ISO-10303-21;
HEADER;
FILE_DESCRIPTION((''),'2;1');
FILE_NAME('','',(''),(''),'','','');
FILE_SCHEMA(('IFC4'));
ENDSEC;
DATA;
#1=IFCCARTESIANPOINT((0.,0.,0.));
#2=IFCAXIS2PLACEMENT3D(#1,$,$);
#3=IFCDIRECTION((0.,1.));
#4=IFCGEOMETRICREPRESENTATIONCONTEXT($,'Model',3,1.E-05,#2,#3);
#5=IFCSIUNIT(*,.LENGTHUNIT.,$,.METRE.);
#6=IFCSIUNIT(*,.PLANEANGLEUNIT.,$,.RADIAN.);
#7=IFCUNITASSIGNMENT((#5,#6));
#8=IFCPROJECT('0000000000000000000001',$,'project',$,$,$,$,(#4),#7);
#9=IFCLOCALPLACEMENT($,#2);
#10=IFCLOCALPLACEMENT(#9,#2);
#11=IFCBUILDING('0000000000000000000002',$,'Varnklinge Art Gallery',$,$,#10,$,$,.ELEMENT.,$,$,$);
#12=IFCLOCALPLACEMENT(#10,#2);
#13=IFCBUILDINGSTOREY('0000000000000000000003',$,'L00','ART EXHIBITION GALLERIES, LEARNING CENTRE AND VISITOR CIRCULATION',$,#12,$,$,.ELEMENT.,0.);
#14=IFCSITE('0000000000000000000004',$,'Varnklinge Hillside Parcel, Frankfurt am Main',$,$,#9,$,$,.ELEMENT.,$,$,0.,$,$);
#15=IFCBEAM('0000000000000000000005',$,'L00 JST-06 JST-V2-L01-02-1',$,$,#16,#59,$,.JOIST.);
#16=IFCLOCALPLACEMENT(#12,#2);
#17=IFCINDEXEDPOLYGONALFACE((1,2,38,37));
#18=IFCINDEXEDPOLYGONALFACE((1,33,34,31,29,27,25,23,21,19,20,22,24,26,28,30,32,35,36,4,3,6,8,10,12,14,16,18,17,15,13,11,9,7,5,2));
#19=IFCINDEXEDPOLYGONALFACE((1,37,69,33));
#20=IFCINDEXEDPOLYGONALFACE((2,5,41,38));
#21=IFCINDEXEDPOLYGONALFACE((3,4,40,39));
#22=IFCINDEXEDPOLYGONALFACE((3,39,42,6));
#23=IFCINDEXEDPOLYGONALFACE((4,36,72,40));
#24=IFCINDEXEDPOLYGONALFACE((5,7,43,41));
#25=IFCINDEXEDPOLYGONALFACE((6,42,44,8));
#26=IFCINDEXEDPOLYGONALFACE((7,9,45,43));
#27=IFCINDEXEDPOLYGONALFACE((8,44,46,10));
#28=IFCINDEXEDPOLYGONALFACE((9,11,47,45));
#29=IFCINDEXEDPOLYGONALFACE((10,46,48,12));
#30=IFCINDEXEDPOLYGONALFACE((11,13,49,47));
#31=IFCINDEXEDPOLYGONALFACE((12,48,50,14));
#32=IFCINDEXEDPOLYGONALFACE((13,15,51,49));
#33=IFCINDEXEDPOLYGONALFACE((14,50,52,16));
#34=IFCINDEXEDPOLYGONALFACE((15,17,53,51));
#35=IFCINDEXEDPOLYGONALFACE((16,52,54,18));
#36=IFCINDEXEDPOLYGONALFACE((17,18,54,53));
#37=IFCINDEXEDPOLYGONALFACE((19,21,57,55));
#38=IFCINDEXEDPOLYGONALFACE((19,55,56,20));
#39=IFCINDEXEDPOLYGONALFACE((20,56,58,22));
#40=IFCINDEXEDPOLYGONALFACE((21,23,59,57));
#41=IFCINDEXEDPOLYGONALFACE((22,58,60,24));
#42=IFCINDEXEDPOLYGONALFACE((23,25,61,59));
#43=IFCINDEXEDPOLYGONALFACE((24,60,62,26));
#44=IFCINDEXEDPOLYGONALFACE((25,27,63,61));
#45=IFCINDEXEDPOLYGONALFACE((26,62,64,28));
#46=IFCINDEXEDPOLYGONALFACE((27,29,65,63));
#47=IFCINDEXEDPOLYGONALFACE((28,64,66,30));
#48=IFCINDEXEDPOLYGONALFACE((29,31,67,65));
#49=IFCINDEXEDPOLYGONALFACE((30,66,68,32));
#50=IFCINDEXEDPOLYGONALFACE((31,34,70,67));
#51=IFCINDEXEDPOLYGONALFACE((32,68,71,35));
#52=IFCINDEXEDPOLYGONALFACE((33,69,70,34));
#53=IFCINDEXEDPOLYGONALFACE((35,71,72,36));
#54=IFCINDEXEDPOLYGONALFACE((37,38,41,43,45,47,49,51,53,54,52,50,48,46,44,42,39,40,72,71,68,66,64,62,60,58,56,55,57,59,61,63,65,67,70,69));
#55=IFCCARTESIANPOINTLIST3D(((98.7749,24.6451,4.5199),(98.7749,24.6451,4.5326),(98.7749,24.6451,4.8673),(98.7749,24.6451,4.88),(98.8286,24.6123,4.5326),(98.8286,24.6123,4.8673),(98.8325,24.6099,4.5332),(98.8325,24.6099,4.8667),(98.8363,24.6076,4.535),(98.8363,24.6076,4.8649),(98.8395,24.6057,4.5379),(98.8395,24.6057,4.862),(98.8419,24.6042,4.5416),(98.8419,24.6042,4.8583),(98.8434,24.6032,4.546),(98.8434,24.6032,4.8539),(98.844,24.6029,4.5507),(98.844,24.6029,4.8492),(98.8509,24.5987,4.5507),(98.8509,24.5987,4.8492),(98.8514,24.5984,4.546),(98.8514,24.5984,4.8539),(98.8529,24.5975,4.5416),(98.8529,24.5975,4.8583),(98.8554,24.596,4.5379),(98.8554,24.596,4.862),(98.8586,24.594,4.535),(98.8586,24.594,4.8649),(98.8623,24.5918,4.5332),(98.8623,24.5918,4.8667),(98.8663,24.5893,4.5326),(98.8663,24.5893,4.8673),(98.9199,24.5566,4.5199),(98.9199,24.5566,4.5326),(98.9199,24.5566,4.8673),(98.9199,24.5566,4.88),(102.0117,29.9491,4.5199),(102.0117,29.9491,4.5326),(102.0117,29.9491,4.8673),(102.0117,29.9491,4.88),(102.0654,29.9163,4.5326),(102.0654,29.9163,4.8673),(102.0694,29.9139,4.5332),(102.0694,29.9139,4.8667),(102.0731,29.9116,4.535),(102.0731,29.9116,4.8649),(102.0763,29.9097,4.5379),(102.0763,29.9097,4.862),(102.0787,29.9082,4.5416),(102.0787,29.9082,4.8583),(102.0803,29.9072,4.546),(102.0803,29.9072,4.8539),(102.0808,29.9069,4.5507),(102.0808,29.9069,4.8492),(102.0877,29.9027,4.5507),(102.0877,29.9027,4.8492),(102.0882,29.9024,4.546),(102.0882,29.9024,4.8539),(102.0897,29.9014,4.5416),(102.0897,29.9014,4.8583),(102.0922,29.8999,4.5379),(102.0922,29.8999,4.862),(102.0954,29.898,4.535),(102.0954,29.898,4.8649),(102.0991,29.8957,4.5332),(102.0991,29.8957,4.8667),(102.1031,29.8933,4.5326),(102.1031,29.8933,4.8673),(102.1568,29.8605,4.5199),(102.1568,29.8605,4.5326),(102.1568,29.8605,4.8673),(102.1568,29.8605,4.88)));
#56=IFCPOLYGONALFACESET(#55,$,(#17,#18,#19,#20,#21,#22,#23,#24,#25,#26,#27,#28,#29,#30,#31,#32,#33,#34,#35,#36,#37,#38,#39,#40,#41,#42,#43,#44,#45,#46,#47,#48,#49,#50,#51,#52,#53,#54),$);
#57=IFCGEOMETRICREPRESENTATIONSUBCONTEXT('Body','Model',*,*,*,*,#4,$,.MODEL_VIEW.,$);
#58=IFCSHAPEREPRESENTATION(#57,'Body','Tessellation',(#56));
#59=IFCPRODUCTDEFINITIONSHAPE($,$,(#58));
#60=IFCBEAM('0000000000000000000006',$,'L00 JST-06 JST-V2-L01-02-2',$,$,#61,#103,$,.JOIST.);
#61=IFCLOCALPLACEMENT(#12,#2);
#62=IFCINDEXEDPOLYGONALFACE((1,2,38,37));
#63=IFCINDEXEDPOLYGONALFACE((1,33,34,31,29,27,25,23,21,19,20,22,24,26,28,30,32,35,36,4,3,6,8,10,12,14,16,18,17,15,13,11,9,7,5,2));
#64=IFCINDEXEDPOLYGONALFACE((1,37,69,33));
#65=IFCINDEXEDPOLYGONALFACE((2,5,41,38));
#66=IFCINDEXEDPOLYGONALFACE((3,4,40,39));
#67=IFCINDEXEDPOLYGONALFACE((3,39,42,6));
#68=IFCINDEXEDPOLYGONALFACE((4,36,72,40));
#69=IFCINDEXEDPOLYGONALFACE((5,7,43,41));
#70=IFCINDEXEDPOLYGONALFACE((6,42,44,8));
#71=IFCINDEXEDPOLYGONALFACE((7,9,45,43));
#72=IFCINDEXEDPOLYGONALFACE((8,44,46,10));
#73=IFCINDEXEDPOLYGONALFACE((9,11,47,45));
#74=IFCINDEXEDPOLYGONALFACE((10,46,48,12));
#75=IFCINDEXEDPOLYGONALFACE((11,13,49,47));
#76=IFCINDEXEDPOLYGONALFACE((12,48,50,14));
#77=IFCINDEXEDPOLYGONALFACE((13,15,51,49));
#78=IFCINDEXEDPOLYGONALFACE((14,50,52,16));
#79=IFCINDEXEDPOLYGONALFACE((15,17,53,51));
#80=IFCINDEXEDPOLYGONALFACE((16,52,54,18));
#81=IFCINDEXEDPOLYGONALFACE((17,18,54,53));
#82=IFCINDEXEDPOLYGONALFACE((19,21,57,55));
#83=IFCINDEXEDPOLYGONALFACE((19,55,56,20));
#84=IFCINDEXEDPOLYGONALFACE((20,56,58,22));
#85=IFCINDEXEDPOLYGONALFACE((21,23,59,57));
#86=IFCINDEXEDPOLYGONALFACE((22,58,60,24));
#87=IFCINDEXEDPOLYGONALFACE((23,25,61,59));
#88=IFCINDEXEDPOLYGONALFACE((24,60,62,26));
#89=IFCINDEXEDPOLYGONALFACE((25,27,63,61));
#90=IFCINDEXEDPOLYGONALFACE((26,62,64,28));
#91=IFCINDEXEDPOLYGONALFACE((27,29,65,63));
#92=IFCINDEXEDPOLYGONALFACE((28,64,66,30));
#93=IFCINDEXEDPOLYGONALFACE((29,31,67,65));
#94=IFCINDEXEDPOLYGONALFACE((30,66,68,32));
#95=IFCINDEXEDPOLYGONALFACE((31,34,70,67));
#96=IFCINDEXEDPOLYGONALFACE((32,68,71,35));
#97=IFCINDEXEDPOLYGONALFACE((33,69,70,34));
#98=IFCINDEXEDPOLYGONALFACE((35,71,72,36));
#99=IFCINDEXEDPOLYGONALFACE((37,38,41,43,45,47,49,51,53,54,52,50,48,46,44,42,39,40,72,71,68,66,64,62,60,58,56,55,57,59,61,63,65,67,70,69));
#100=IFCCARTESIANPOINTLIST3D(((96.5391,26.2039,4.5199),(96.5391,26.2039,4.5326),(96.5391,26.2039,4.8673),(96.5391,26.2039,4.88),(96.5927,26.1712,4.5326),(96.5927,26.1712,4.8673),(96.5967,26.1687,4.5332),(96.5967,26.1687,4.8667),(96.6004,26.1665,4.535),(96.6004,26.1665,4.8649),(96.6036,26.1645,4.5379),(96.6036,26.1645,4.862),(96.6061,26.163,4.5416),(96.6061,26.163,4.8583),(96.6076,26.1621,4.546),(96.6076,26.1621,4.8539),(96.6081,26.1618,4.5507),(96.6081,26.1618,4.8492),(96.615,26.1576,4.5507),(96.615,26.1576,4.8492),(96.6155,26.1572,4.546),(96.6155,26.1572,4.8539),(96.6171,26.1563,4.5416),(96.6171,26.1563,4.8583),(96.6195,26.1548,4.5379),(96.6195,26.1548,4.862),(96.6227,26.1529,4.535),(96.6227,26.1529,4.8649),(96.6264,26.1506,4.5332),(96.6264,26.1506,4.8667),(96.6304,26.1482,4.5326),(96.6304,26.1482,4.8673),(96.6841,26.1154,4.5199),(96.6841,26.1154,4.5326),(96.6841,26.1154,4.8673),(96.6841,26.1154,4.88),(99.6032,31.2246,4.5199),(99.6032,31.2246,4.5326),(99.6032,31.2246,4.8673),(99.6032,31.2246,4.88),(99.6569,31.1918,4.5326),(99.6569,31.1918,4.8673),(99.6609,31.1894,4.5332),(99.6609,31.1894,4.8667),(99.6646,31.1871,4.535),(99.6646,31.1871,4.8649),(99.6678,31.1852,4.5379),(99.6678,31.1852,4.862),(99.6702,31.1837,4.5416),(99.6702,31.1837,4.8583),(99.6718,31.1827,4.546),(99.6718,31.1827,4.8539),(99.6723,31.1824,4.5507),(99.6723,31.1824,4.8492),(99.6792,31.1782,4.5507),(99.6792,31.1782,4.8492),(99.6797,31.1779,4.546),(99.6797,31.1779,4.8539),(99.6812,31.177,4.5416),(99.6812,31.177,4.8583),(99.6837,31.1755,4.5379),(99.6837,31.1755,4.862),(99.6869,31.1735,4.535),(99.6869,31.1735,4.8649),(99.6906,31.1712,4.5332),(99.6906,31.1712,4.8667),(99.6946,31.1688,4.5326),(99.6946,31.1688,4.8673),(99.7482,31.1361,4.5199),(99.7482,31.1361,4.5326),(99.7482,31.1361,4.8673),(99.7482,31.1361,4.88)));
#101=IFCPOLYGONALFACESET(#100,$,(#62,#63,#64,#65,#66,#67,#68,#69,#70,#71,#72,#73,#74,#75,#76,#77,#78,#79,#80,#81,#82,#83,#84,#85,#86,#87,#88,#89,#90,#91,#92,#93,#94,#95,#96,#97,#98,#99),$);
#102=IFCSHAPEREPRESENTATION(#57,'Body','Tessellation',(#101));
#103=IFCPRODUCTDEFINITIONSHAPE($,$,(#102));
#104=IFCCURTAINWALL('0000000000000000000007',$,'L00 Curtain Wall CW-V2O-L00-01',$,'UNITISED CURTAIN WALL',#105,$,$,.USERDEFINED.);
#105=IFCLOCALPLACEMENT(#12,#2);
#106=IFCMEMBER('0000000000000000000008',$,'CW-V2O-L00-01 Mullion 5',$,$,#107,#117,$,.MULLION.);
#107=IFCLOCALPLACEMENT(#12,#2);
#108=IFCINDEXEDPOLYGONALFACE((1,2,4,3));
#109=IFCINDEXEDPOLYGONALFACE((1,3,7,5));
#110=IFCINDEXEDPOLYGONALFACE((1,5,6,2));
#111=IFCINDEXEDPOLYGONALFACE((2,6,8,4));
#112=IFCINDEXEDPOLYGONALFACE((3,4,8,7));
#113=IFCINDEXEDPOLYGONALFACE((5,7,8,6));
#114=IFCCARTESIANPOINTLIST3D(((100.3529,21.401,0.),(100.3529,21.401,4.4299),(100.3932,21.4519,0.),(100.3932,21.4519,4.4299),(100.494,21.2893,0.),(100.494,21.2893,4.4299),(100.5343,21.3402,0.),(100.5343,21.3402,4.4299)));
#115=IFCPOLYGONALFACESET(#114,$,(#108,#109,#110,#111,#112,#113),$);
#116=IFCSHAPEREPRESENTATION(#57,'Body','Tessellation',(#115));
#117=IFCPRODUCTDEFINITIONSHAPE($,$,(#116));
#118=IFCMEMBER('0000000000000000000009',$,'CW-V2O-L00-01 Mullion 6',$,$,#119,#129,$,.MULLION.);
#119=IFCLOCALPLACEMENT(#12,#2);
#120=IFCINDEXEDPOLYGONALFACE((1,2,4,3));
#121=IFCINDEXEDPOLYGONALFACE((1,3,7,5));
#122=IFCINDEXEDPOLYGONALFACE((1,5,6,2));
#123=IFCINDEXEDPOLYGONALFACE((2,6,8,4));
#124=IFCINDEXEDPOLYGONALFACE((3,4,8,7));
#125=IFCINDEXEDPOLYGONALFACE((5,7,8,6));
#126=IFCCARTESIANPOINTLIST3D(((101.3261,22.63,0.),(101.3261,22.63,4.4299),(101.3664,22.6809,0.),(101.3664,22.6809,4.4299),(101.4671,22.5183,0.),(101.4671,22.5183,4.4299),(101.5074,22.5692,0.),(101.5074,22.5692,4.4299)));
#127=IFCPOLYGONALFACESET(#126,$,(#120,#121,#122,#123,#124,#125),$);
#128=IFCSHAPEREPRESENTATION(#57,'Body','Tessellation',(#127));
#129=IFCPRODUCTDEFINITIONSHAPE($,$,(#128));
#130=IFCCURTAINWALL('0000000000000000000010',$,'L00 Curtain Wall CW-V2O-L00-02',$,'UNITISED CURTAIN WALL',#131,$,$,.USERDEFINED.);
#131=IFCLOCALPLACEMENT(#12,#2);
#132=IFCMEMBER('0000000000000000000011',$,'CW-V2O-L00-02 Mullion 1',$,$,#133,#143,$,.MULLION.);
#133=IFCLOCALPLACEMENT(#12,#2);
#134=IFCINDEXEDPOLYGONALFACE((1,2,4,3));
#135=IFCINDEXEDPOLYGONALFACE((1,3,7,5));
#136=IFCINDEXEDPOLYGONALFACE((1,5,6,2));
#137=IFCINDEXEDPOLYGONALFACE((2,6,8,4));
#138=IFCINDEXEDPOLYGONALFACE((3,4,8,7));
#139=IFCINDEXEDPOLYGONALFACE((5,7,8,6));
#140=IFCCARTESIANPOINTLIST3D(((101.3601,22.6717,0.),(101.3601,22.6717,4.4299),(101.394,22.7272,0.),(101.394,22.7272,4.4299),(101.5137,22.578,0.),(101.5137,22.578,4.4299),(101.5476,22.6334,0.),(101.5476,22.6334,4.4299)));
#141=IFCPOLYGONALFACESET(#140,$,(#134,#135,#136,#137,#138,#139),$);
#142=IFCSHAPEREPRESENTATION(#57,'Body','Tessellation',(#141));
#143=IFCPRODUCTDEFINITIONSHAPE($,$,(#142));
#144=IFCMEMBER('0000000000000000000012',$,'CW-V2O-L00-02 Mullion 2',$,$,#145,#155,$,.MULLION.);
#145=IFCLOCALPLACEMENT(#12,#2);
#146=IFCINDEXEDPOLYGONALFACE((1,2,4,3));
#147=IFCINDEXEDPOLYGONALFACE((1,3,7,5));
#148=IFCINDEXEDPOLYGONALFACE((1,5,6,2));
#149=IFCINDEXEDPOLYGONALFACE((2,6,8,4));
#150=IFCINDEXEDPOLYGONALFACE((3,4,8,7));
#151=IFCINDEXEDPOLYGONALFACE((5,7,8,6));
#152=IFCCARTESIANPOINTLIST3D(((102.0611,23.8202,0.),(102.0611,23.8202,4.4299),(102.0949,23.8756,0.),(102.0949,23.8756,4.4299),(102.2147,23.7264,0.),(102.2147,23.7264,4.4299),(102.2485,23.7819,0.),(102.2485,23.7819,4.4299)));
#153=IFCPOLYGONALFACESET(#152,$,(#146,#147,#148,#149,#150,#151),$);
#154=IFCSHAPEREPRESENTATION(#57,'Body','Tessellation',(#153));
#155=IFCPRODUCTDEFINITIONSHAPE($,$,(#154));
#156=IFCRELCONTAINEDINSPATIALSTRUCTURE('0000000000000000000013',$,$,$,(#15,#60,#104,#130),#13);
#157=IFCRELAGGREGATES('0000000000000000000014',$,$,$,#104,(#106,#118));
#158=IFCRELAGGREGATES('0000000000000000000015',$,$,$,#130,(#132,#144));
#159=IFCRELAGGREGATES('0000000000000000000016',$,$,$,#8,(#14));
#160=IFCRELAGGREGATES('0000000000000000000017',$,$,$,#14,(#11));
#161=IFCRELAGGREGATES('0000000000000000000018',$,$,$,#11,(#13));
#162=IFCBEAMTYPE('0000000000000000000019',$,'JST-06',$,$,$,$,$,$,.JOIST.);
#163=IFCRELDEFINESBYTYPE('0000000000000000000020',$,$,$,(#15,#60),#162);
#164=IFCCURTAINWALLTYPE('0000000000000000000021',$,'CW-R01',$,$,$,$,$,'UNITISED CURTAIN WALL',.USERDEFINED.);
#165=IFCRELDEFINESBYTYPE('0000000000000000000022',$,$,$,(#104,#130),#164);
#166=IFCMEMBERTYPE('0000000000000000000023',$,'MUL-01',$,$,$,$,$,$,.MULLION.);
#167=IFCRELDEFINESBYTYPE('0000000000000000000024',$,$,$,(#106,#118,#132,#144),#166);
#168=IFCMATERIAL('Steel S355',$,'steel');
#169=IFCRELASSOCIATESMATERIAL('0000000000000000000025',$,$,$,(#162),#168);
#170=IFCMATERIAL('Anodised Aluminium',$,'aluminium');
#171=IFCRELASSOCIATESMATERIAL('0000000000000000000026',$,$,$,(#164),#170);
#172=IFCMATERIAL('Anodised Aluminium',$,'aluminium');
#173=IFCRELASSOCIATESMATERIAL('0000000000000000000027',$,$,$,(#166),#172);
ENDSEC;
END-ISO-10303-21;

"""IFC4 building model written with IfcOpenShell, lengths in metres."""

from ifc_helpers import new_model, si_unit, direction, frame, origin, origin_2d, place, context, subcontext, project, spatial, rectangle, i_section, extrude, material, material_profile, profile_set, type_object, element, aggregate, save


model = new_model("IFC4")

# Units and contexts
model_context = context("Model", 3, precision=1e-05, world=origin(), true_north=direction((0.0, 1.0)))
body_context = subcontext(model_context, "Body", "Model", "MODEL_VIEW")
ifc_project = project(units=[si_unit("LENGTHUNIT", "METRE"), si_unit("PLANEANGLEUNIT", "RADIAN")], contexts=[model_context])

# Site, building, storey
site_placement = place(None, origin())
site = spatial("IfcSite", under=ifc_project, at=site_placement, Name="Varnklinge Hillside Parcel, Frankfurt am Main", CompositionType="ELEMENT", RefElevation=0.0)
building_placement = place(site_placement, origin())
building = spatial("IfcBuilding", under=site, at=building_placement, Name="Varnklinge Art Gallery", CompositionType="ELEMENT")
storey_placement = place(building_placement, origin())
storey = spatial("IfcBuildingStorey", under=building, at=storey_placement, Name="L00", Description="ART EXHIBITION GALLERIES, LEARNING CENTRE AND VISITOR CIRCULATION", CompositionType="ELEMENT", Elevation=0.0)

# Beams
ifc_material_1 = material(Name="Steel S355", Category="steel")
ifc_material_profile_1 = material_profile(ifc_material_1, i_section(OverallWidth=0.1699, OverallDepth=0.3601, WebThickness=0.0081, FlangeThickness=0.0127, FilletRadius=0.0181, at=origin_2d()), Name="IPE 360")
ifc_profile_set_1 = profile_set([ifc_material_profile_1], Name="Steel S355")
beam_type_1 = type_object("IfcBeamType", Name="JST-06", PredefinedType="JOIST", material=ifc_profile_set_1)
beam_1_placement = place(storey_placement, frame((98.8474, 24.6008, 4.7), z_axis=(0.520924, 0.853603, 0.0), x_axis=(-0.853603, 0.520924, 0.0)))
element("IfcBeam", 1, at=beam_1_placement, inside=storey, type_object=beam_type_1, Name="L00 JST-06 JST-V2-L01-02-1", PredefinedType="JOIST", context=body_context, shape_type="SweptSolid", body=[
    extrude(i_section(OverallWidth=0.1699, OverallDepth=0.3601, WebThickness=0.0081, FlangeThickness=0.0127, FilletRadius=0.0181, at=origin_2d()), origin(), (0.0, 0.0, 1.0), 6.2136),
])
beam_2_placement = place(storey_placement, frame((96.6116, 26.1597, 4.7), z_axis=(0.520951, 0.853586, 0.0), x_axis=(-0.853586, 0.520951, 0.0)))
element("IfcBeam", 2, at=beam_2_placement, inside=storey, type_object=beam_type_1, Name="L00 JST-06 JST-V2-L01-02-2", PredefinedType="JOIST", context=body_context, shape_type="SweptSolid", body=[
    extrude(i_section(OverallWidth=0.1699, OverallDepth=0.3601, WebThickness=0.0081, FlangeThickness=0.0127, FilletRadius=0.0181, at=origin_2d()), origin(), (0.0, 0.0, 1.0), 5.8818),
])

# Curtain walls, members
ifc_material_2 = material(Name="Anodised Aluminium", Category="aluminium")
curtain_wall_type_1 = type_object("IfcCurtainWallType", Name="CW-R01", ElementType="UNITISED CURTAIN WALL", PredefinedType="USERDEFINED", material=ifc_material_2)
curtain_wall_1_placement = place(storey_placement, origin())
curtain_wall_1 = element("IfcCurtainWall", 3, at=curtain_wall_1_placement, inside=storey, type_object=curtain_wall_type_1, Name="L00 Curtain Wall CW-V2O-L00-01", ObjectType="UNITISED CURTAIN WALL", PredefinedType="USERDEFINED")
ifc_material_3 = material(Name="Anodised Aluminium", Category="aluminium")
ifc_material_profile_2 = material_profile(ifc_material_3, rectangle(XDim=0.0649, YDim=0.1799, at=origin_2d()), Name="ALU 65x180")
ifc_profile_set_2 = profile_set([ifc_material_profile_2], Name="Anodised Aluminium")
member_type_1 = type_object("IfcMemberType", Name="MUL-01", PredefinedType="MULLION", material=ifc_profile_set_2)
member_1_placement = place(storey_placement, frame((100.4436, 21.3706, 0.0), z_axis=(0.0, 0.0, 1.0), x_axis=(0.620737, 0.784019, 0.0)))
member_1 = element("IfcMember", 4, at=member_1_placement, type_object=member_type_1, Name="CW-V2O-L00-01 Mullion 5", PredefinedType="MULLION", context=body_context, shape_type="SweptSolid", body=[
    extrude(rectangle(XDim=0.0649, YDim=0.1799, at=origin_2d()), origin(), (0.0, 0.0, 1.0), 4.4299),
])
member_2_placement = place(storey_placement, frame((101.4167, 22.5996, 0.0), z_axis=(0.0, 0.0, 1.0), x_axis=(0.620737, 0.784019, 0.0)))
member_2 = element("IfcMember", 5, at=member_2_placement, type_object=member_type_1, Name="CW-V2O-L00-01 Mullion 6", PredefinedType="MULLION", context=body_context, shape_type="SweptSolid", body=[
    extrude(rectangle(XDim=0.0649, YDim=0.1799, at=origin_2d()), origin(), (0.0, 0.0, 1.0), 4.4299),
])
curtain_wall_2_placement = place(storey_placement, origin())
curtain_wall_2 = element("IfcCurtainWall", 6, at=curtain_wall_2_placement, inside=storey, type_object=curtain_wall_type_1, Name="L00 Curtain Wall CW-V2O-L00-02", ObjectType="UNITISED CURTAIN WALL", PredefinedType="USERDEFINED")
member_3_placement = place(storey_placement, frame((101.4539, 22.6526, 0.0), z_axis=(0.0, 0.0, 1.0), x_axis=(0.520861, 0.853642, 0.0)))
member_3 = element("IfcMember", 7, at=member_3_placement, type_object=member_type_1, Name="CW-V2O-L00-02 Mullion 1", PredefinedType="MULLION", context=body_context, shape_type="SweptSolid", body=[
    extrude(rectangle(XDim=0.0649, YDim=0.1799, at=origin_2d()), origin(), (0.0, 0.0, 1.0), 4.4299),
])
member_4_placement = place(storey_placement, frame((102.1548, 23.801, 0.0), z_axis=(0.0, 0.0, 1.0), x_axis=(0.520861, 0.853642, 0.0)))
member_4 = element("IfcMember", 8, at=member_4_placement, type_object=member_type_1, Name="CW-V2O-L00-02 Mullion 2", PredefinedType="MULLION", context=body_context, shape_type="SweptSolid", body=[
    extrude(rectangle(XDim=0.0649, YDim=0.1799, at=origin_2d()), origin(), (0.0, 0.0, 1.0), 4.4299),
])

aggregate(curtain_wall_1, [member_1, member_2])
aggregate(curtain_wall_2, [member_3, member_4])

save(model, "model.ifc")
